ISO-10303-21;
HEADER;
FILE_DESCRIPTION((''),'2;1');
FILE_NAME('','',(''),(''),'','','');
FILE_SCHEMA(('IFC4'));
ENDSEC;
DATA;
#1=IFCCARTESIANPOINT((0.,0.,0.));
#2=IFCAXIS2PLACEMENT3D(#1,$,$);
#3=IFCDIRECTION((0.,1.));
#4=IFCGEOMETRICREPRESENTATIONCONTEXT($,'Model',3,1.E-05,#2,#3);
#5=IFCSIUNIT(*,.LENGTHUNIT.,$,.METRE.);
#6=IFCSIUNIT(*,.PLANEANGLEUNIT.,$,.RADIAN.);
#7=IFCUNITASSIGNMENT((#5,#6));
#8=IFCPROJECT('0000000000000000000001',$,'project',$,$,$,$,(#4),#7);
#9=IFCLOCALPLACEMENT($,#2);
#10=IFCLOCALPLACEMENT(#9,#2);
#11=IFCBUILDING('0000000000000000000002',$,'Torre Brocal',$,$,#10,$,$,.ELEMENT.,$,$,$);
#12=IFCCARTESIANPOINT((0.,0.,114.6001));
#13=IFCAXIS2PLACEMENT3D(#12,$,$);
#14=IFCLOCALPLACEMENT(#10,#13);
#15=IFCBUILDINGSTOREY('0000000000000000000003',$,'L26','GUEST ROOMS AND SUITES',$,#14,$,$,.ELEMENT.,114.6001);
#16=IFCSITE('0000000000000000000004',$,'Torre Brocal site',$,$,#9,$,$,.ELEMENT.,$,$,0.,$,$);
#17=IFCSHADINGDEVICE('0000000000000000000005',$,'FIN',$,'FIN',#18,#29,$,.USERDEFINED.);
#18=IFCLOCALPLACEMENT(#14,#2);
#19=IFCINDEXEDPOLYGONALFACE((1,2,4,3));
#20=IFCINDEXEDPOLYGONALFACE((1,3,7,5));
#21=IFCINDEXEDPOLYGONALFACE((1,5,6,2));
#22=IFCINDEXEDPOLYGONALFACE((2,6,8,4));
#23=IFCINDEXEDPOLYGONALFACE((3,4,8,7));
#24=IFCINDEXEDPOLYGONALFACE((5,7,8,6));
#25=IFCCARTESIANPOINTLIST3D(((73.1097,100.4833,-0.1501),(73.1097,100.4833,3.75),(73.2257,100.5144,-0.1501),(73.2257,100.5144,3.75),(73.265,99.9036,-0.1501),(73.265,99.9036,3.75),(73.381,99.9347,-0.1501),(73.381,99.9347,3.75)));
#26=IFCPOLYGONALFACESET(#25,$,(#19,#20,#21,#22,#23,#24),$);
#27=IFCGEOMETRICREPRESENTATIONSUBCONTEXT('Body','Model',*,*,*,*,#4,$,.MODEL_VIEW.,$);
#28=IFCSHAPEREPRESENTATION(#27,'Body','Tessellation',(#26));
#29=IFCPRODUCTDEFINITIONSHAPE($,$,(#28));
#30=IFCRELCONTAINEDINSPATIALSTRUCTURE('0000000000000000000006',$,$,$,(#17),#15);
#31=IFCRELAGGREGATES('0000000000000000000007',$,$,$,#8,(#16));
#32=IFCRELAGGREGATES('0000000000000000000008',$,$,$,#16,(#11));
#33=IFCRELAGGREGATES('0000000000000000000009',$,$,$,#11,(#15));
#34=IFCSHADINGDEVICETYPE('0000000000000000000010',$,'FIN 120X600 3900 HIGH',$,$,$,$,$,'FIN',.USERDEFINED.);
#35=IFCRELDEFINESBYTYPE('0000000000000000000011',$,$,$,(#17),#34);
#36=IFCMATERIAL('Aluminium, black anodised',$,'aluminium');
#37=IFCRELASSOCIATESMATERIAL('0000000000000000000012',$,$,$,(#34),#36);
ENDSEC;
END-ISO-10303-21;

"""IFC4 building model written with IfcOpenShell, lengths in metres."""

from ifc_helpers import new_model, si_unit, direction, frame, origin, origin_2d, place, context, subcontext, project, spatial, rectangle, extrude, material, material_profile, profile_set, type_object, element, save


model = new_model("IFC4")

# Units and contexts
model_context = context("Model", 3, precision=1e-05, world=origin(), true_north=direction((0.0, 1.0)))
body_context = subcontext(model_context, "Body", "Model", "MODEL_VIEW")
ifc_project = project(units=[si_unit("LENGTHUNIT", "METRE"), si_unit("PLANEANGLEUNIT", "RADIAN")], contexts=[model_context])

# Site, building, storey
site_placement = place(None, origin())
site = spatial("IfcSite", under=ifc_project, at=site_placement, Name="Torre Brocal site", CompositionType="ELEMENT", RefElevation=0.0)
building_placement = place(site_placement, origin())
building = spatial("IfcBuilding", under=site, at=building_placement, Name="Torre Brocal", CompositionType="ELEMENT")
storey_placement = place(building_placement, frame((0.0, 0.0, 114.6001)))
storey = spatial("IfcBuildingStorey", under=building, at=storey_placement, Name="L26", Description="GUEST ROOMS AND SUITES", CompositionType="ELEMENT", Elevation=114.6001)

# Shading device
ifc_material_1 = material(Name="Aluminium, black anodised", Category="aluminium")
ifc_material_profile_1 = material_profile(ifc_material_1, rectangle(XDim=0.1201, YDim=0.6001, at=origin_2d()), Name="FIN 120X600 3900 HIGH")
ifc_profile_set_1 = profile_set([ifc_material_profile_1], Name="Aluminium, black anodised")
shading_device_type = type_object("IfcShadingDeviceType", Name="FIN 120X600 3900 HIGH", ElementType="FIN", PredefinedType="USERDEFINED", material=ifc_profile_set_1)
shading_device_placement = place(storey_placement, frame((73.2454, 100.209, -0.1501), z_axis=(0.0, 0.0, 1.0), x_axis=(-0.965926, -0.258819, 0.0)))
element("IfcShadingDevice", 1, at=shading_device_placement, inside=storey, type_object=shading_device_type, Name="FIN", ObjectType="FIN", PredefinedType="USERDEFINED", context=body_context, shape_type="SweptSolid", body=[
    extrude(rectangle(XDim=0.1201, YDim=0.6001, at=origin_2d()), origin(), (0.0, 0.0, 1.0), 3.9001),
])

save(model, "model.ifc")
